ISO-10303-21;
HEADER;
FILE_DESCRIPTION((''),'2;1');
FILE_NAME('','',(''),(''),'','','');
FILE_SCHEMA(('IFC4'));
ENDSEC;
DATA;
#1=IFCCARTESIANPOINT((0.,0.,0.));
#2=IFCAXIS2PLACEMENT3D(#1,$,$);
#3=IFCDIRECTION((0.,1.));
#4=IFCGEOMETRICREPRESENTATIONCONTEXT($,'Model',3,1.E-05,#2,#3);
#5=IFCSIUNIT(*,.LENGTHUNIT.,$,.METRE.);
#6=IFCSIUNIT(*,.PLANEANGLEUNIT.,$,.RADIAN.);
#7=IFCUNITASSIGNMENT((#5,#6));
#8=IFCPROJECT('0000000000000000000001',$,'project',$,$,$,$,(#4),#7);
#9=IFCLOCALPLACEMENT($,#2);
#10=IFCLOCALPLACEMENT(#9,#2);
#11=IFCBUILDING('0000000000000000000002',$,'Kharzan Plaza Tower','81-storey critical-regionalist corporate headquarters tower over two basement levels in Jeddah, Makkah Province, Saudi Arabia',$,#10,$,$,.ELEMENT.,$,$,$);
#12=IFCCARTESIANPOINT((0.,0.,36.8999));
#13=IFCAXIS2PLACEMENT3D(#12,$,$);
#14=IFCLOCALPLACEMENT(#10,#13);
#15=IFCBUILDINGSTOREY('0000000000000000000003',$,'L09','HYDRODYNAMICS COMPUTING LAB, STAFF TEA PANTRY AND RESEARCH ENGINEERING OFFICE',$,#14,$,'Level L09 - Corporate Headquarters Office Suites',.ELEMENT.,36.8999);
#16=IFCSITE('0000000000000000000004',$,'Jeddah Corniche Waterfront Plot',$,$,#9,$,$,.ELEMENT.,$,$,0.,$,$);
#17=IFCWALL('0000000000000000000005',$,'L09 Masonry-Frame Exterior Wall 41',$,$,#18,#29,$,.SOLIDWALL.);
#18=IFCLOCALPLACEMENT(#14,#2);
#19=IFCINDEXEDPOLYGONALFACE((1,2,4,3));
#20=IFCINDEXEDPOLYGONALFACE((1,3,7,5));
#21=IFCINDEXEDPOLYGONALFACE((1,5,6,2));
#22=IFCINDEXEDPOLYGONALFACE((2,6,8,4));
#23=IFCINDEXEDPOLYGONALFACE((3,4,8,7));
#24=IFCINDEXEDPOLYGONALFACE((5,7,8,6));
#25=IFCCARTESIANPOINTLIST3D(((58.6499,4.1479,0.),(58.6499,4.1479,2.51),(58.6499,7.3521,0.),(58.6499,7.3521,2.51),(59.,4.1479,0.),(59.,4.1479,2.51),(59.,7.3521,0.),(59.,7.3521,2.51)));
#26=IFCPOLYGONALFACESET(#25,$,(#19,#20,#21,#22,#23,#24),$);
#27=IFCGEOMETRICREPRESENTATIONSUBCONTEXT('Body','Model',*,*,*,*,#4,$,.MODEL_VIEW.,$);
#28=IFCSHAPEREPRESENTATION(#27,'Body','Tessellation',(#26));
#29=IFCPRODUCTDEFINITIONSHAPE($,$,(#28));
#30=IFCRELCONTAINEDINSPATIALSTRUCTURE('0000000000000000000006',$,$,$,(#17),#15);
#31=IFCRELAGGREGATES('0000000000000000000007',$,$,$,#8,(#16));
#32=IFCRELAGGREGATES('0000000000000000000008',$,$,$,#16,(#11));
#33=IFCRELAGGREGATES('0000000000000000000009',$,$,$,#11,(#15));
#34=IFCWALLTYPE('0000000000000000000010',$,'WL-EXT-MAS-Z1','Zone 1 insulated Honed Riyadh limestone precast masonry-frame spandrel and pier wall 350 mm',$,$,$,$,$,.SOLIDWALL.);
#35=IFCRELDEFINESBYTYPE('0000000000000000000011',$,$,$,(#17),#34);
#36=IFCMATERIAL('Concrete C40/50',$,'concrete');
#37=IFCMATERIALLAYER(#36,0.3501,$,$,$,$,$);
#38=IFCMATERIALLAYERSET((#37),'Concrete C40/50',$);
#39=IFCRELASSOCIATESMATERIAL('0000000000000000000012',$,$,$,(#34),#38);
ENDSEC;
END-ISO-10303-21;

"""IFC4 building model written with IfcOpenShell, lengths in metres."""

from ifc_helpers import new_model, si_unit, direction, frame, frame_2d, origin, place, context, subcontext, project, spatial, rectangle, extrude, source, transform, mapped, material, layer, layer_set, type_object, element, save


model = new_model("IFC4")

# Units and contexts
model_context = context("Model", 3, precision=1e-05, world=origin(), true_north=direction((0.0, 1.0)))
body_context = subcontext(model_context, "Body", "Model", "MODEL_VIEW")
ifc_project = project(units=[si_unit("LENGTHUNIT", "METRE"), si_unit("PLANEANGLEUNIT", "RADIAN")], contexts=[model_context])

# Site, building, storey
site_placement = place(None, origin())
site = spatial("IfcSite", under=ifc_project, at=site_placement, Name="Jeddah Corniche Waterfront Plot", CompositionType="ELEMENT", RefElevation=0.0)
building_placement = place(site_placement, origin())
building = spatial("IfcBuilding", under=site, at=building_placement, Name="Kharzan Plaza Tower", Description="81-storey critical-regionalist corporate headquarters tower over two basement levels in Jeddah, Makkah Province, Saudi Arabia", CompositionType="ELEMENT")
storey_placement = place(building_placement, frame((0.0, 0.0, 36.8999)))
storey = spatial("IfcBuildingStorey", under=building, at=storey_placement, Name="L09", Description="HYDRODYNAMICS COMPUTING LAB, STAFF TEA PANTRY AND RESEARCH ENGINEERING OFFICE", LongName="Level L09 - Corporate Headquarters Office Suites", CompositionType="ELEMENT", Elevation=36.8999)

# Shared definitions
ifc_material_1 = material(Name="Concrete C40/50", Category="concrete")
ifc_layer = layer(ifc_material_1, 0.3501)
ifc_layer_set = layer_set([ifc_layer], Name="Concrete C40/50")
wall_type = type_object("IfcWallType", Name="WL-EXT-MAS-Z1", Description="Zone 1 insulated Honed Riyadh limestone precast masonry-frame spandrel and pier wall 350 mm", PredefinedType="SOLIDWALL", material=ifc_layer_set)

# Wall
shared_shape_1 = source(origin(), body_context, "Body", "SweptSolid", [
    extrude(rectangle(XDim=3.2041, YDim=0.3501, at=frame_2d((1.6021, 0.0))), origin(), (0.0, 0.0, 1.0), 2.51),
])
wall_1_placement = place(storey_placement, frame((58.825, 4.1479, 0.0), z_axis=(0.0, 0.0, 1.0), x_axis=(0.0, 1.0, 0.0)))
element("IfcWall", 1, at=wall_1_placement, inside=storey, type_object=wall_type, Name="L09 Masonry-Frame Exterior Wall 41", PredefinedType="SOLIDWALL", context=body_context, shape_type="MappedRepresentation", body=[
    mapped(shared_shape_1, transform((0.0, 0.0, 0.0), x_axis=(1.0, 0.0, 0.0), y_axis=(0.0, 1.0, 0.0), z_axis=(0.0, 0.0, 1.0))),
])

save(model, "model.ifc")
